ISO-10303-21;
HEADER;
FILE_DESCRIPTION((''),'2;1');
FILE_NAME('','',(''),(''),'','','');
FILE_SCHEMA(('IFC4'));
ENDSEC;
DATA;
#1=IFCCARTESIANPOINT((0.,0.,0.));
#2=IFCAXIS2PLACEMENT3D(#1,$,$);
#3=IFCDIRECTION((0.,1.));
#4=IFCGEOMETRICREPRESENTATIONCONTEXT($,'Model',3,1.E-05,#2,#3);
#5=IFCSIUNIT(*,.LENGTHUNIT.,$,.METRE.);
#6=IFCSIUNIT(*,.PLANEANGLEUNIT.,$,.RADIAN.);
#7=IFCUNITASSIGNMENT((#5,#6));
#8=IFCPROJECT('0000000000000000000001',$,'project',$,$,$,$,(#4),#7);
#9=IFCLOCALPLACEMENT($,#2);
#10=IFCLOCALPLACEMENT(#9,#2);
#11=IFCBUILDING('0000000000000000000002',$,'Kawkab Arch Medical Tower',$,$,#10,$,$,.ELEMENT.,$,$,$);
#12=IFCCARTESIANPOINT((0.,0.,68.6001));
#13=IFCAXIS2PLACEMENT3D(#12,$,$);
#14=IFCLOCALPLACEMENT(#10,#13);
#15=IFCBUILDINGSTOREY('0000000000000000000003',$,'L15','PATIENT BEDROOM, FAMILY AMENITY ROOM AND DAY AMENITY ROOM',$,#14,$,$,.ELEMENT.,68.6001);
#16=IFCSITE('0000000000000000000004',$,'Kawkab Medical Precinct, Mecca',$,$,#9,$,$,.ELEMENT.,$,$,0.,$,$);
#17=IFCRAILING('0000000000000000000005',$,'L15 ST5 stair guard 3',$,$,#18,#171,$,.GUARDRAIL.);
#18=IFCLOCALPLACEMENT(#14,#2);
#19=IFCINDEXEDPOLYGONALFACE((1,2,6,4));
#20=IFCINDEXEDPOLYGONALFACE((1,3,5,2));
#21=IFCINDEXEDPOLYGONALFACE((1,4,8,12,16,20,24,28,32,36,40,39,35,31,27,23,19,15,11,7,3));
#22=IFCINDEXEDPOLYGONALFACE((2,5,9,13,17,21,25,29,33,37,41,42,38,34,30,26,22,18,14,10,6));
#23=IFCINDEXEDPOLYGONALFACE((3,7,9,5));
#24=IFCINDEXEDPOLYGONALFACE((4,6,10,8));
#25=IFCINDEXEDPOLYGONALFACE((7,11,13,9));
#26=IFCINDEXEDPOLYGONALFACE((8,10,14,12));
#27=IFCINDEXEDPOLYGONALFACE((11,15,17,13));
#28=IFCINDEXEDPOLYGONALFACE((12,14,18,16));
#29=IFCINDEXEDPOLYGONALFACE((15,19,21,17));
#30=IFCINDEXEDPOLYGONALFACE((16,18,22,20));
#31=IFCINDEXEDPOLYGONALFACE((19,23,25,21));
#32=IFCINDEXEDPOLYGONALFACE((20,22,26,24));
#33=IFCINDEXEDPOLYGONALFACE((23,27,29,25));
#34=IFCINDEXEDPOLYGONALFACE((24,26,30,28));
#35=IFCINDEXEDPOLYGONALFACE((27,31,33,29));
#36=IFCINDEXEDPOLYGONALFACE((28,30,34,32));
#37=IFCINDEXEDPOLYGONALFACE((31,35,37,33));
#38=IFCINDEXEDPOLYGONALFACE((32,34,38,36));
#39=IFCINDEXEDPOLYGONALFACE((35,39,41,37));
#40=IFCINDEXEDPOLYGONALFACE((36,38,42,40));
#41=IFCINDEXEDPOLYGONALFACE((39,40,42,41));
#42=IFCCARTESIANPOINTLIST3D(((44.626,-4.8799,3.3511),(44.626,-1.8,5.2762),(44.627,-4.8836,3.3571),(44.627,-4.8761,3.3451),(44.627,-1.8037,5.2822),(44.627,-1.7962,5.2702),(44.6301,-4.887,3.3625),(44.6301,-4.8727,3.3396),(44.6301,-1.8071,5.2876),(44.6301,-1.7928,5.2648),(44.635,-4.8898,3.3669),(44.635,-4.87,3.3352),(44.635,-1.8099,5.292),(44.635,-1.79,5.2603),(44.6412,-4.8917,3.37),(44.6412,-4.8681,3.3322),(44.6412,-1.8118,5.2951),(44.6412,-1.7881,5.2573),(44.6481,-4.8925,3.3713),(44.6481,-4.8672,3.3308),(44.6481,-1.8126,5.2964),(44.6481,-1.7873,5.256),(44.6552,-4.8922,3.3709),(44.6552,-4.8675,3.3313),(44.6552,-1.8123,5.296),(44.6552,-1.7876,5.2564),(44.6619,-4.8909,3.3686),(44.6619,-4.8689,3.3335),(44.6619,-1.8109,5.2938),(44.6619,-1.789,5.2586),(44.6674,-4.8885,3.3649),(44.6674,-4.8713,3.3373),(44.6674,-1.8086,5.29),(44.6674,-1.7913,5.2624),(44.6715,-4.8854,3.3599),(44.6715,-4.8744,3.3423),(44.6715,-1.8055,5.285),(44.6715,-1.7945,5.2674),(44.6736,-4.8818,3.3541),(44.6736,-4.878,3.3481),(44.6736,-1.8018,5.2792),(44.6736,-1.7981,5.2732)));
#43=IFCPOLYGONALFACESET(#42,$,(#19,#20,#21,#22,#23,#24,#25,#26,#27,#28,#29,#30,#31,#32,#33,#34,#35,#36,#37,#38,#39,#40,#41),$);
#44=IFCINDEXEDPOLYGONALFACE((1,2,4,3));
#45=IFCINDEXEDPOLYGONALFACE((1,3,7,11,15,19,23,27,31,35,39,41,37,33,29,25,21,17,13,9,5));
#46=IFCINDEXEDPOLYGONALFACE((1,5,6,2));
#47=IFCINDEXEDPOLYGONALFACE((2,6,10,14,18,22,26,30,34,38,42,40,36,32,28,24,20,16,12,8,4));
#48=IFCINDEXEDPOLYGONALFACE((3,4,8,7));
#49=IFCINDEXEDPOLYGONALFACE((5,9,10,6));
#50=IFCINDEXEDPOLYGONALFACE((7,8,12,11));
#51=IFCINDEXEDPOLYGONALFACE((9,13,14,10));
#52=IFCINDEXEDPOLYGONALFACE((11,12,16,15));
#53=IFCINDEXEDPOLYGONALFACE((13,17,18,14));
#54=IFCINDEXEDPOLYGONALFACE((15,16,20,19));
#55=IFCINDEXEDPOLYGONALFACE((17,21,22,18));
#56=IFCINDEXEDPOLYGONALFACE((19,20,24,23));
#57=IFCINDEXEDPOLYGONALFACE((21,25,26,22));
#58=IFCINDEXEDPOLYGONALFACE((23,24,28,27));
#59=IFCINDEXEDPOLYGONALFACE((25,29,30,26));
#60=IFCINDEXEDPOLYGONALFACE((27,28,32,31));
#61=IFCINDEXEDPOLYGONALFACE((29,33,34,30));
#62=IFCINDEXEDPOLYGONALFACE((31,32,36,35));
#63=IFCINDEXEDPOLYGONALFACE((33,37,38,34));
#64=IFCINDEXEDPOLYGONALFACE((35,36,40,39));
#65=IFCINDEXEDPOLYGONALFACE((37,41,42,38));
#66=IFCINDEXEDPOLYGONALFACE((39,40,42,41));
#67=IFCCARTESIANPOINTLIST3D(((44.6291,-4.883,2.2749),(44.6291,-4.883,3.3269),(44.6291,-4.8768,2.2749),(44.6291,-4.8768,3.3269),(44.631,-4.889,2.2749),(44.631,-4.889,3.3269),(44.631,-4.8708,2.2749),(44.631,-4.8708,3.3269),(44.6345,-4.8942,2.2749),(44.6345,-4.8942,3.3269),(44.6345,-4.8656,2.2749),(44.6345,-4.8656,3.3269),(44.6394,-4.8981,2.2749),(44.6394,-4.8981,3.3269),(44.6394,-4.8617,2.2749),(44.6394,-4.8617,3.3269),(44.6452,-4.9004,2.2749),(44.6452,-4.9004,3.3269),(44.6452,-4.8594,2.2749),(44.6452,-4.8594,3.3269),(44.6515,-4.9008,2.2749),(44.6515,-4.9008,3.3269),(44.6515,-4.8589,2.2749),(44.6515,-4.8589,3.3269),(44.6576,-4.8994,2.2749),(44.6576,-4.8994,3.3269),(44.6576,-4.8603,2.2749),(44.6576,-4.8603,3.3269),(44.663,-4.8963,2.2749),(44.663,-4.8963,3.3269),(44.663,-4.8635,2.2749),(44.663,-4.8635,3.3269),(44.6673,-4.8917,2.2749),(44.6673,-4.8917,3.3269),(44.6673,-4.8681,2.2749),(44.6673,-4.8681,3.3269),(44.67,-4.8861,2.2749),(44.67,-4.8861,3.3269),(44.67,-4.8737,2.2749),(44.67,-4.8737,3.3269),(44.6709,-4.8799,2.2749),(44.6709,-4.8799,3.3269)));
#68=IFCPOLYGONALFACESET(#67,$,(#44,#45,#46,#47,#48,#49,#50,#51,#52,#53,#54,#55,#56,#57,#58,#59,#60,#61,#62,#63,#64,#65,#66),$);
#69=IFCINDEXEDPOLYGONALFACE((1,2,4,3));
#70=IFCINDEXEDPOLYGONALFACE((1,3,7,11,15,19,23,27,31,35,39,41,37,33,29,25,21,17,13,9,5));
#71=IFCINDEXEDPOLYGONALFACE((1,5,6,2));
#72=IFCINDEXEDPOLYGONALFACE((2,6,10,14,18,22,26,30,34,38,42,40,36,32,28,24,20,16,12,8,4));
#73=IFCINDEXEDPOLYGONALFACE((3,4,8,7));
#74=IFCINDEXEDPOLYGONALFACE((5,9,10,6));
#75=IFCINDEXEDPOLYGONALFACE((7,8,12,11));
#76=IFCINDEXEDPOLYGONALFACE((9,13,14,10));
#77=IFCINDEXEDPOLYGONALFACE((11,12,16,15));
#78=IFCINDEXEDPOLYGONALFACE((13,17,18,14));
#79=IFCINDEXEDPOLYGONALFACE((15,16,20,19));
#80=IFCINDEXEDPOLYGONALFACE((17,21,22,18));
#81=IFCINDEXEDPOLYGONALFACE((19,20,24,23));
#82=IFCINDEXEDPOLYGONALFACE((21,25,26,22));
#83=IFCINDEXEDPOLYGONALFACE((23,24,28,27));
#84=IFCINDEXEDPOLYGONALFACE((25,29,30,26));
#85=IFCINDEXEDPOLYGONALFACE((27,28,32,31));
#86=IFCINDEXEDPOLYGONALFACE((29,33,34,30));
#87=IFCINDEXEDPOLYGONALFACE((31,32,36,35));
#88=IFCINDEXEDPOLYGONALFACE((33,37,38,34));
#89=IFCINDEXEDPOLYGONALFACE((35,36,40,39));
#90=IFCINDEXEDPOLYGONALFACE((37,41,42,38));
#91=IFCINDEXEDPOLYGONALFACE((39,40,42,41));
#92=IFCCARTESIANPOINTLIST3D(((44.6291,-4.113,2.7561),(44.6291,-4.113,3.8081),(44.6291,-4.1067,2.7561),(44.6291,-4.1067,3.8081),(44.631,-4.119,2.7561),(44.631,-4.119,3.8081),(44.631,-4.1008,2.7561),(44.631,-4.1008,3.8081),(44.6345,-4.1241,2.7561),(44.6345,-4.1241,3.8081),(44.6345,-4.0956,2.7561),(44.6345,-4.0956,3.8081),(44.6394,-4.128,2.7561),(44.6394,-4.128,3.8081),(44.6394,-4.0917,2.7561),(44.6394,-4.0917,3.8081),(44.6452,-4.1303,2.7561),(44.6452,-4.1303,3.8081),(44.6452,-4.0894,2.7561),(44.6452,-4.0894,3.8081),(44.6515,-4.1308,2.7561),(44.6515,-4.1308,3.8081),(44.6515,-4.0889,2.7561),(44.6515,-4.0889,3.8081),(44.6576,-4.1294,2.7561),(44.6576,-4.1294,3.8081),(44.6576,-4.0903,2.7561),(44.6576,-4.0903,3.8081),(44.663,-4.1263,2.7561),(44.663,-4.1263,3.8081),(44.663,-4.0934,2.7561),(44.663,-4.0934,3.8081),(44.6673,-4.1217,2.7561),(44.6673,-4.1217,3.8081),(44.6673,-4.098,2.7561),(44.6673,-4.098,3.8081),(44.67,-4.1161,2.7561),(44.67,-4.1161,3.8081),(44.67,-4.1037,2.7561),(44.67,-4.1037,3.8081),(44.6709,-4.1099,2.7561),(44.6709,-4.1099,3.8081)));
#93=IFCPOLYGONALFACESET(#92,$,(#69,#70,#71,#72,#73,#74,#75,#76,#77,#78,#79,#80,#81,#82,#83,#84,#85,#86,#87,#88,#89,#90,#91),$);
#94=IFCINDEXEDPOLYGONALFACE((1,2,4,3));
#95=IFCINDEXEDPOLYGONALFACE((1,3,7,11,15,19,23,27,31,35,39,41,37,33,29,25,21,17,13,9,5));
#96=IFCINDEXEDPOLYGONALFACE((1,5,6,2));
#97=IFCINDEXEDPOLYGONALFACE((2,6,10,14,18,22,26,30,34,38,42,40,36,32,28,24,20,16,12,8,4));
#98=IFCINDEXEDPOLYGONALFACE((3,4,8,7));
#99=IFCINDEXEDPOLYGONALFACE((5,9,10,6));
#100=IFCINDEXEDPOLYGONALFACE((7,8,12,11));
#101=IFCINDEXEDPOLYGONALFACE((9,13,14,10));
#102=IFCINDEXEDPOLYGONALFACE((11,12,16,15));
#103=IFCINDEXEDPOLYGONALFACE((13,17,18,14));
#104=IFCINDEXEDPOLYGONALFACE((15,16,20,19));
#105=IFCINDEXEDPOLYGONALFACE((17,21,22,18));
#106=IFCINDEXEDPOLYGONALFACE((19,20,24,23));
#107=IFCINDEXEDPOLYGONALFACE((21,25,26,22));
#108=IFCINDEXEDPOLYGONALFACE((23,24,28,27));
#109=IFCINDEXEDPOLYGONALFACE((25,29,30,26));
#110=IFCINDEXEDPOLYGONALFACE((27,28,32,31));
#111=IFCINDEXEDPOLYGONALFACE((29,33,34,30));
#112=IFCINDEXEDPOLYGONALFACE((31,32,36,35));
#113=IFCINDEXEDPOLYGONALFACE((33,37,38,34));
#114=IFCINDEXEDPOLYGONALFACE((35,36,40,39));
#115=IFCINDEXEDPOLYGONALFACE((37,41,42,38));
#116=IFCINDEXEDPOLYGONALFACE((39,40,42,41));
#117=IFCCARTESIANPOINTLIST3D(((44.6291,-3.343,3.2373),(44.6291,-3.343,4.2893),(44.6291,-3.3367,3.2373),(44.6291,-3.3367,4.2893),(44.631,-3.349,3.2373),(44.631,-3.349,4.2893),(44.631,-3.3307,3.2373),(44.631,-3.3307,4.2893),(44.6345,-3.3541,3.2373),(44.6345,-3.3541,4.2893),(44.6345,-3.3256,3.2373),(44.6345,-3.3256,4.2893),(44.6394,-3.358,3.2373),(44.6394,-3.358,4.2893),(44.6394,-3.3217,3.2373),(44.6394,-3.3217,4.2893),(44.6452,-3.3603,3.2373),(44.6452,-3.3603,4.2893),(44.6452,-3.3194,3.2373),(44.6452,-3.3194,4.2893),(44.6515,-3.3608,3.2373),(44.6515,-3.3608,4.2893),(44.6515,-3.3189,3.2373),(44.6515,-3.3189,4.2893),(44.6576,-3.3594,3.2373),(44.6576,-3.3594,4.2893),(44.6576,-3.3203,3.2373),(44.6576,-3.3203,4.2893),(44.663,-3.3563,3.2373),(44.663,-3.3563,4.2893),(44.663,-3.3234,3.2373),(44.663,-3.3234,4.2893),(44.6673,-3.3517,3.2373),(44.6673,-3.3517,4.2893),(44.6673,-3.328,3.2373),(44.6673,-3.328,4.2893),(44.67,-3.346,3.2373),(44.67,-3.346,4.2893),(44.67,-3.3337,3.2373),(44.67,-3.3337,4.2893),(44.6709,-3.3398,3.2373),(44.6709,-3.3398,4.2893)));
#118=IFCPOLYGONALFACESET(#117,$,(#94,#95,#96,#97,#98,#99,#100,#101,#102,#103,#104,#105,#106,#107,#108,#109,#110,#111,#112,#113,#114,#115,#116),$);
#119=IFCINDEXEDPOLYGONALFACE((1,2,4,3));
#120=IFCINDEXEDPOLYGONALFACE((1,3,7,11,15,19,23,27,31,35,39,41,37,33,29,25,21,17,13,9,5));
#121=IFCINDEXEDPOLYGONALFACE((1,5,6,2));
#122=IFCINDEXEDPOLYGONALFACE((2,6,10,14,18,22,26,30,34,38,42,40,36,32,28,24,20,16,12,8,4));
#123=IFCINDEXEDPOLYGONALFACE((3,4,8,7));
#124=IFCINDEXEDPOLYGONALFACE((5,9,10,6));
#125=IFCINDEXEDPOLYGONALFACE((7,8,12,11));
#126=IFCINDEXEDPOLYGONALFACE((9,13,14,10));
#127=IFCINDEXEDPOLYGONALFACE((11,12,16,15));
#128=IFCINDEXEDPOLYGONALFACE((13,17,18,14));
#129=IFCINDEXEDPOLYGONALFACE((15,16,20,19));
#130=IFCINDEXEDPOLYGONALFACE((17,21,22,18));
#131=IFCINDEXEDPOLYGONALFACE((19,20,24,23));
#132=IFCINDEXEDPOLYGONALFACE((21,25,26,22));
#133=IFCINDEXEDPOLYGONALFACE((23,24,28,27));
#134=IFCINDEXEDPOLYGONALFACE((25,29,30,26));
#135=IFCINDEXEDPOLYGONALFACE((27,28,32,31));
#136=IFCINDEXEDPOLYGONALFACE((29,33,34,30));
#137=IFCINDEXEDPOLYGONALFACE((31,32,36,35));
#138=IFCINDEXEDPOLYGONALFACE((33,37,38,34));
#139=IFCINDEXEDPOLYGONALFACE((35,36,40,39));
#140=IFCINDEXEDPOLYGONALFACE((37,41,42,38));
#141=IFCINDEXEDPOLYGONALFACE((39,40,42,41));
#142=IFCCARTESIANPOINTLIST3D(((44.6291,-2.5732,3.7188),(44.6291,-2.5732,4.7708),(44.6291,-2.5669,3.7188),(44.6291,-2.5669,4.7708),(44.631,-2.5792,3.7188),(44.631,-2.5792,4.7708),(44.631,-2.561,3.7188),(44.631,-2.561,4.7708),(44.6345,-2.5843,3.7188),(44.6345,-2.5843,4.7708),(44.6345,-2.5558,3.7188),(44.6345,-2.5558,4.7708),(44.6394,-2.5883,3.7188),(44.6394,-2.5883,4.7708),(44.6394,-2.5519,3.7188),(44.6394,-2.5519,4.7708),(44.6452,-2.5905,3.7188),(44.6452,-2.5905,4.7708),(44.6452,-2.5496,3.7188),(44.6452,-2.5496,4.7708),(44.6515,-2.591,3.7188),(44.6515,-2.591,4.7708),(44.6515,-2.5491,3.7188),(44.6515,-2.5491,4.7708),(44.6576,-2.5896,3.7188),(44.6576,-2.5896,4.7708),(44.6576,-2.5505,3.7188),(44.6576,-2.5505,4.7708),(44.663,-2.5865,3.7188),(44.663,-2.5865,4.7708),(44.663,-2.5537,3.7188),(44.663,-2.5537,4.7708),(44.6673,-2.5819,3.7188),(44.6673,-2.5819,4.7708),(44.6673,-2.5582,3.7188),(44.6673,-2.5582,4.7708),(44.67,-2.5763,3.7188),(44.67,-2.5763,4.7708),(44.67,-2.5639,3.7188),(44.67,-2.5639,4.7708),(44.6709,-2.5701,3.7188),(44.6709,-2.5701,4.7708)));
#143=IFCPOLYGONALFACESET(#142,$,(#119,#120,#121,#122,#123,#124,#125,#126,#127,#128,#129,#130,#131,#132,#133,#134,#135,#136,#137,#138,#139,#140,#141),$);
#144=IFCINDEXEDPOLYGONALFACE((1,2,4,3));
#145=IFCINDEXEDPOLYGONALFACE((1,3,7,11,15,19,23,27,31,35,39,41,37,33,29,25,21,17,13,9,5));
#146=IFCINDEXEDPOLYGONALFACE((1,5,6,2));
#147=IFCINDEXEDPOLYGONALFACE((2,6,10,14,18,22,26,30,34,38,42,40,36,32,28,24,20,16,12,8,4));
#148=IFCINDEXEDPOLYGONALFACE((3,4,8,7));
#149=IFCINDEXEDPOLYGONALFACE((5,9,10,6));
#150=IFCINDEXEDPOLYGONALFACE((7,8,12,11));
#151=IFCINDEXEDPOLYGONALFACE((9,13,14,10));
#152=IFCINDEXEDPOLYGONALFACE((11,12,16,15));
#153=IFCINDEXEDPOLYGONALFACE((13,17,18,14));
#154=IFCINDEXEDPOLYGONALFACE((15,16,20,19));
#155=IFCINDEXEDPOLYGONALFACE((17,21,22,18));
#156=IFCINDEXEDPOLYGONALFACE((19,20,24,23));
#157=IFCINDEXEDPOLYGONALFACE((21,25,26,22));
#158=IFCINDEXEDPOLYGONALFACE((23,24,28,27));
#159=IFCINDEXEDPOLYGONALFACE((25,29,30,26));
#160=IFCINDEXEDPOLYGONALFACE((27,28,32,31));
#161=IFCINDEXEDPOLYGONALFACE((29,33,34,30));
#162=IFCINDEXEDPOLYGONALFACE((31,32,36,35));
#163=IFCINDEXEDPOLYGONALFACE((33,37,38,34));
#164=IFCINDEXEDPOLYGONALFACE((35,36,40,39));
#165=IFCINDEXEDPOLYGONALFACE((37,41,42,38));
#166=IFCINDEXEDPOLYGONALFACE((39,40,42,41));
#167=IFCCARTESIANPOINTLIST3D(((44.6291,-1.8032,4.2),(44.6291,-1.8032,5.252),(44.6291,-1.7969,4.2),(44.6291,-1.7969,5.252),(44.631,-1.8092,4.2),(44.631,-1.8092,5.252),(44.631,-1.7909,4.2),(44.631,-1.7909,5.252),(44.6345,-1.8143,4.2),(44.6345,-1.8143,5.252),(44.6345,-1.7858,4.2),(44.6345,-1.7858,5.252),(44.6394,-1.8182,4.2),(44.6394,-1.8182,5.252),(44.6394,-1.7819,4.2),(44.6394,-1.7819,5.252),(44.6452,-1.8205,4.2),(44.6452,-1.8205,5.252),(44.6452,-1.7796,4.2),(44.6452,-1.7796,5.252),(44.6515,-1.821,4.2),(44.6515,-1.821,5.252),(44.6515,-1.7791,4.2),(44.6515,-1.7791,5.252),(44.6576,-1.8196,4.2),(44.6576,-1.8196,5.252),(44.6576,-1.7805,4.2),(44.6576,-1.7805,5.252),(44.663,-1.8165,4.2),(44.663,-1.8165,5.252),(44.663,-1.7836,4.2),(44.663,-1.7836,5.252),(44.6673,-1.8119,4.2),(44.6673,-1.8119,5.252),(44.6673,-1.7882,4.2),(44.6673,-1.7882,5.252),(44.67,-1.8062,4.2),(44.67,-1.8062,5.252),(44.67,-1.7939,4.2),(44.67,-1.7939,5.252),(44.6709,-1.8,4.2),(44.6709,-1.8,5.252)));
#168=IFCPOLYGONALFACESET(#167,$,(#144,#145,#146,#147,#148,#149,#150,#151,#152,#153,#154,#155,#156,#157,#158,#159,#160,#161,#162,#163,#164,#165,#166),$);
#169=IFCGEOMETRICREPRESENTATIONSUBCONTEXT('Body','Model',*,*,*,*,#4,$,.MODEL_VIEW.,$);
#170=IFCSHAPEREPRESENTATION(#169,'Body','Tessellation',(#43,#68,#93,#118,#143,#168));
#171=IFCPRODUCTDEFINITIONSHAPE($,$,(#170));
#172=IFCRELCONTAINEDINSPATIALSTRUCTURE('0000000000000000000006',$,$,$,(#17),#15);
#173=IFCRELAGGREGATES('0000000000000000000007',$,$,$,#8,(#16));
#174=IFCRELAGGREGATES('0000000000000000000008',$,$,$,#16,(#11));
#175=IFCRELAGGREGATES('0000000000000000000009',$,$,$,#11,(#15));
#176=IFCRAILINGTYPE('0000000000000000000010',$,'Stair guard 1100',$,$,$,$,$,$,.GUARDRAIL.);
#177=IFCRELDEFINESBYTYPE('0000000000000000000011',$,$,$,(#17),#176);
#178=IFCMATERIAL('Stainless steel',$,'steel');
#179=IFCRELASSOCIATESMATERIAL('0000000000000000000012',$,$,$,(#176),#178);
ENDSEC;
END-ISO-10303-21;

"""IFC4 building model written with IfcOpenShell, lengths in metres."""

from ifc_helpers import new_model, si_unit, direction, frame, origin, origin_2d, place, context, subcontext, project, spatial, circle, extrude, material, type_object, element, save


model = new_model("IFC4")

# Units and contexts
model_context = context("Model", 3, precision=1e-05, world=origin(), true_north=direction((0.0, 1.0)))
body_context = subcontext(model_context, "Body", "Model", "MODEL_VIEW")
ifc_project = project(units=[si_unit("LENGTHUNIT", "METRE"), si_unit("PLANEANGLEUNIT", "RADIAN")], contexts=[model_context])

# Site, building, storey
site_placement = place(None, origin())
site = spatial("IfcSite", under=ifc_project, at=site_placement, Name="Kawkab Medical Precinct, Mecca", CompositionType="ELEMENT", RefElevation=0.0)
building_placement = place(site_placement, origin())
building = spatial("IfcBuilding", under=site, at=building_placement, Name="Kawkab Arch Medical Tower", CompositionType="ELEMENT")
storey_placement = place(building_placement, frame((0.0, 0.0, 68.6001)))
storey = spatial("IfcBuildingStorey", under=building, at=storey_placement, Name="L15", Description="PATIENT BEDROOM, FAMILY AMENITY ROOM AND DAY AMENITY ROOM", CompositionType="ELEMENT", Elevation=68.6001)

# Railing
ifc_material_1 = material(Name="Stainless steel", Category="steel")
railing_type = type_object("IfcRailingType", Name="Stair guard 1100", PredefinedType="GUARDRAIL", material=ifc_material_1)
railing_1_placement = place(storey_placement, frame((44.6499, -4.8799, 2.2749)))
element("IfcRailing", 1, at=railing_1_placement, inside=storey, type_object=railing_type, Name="L15 ST5 stair guard 3", PredefinedType="GUARDRAIL", context=body_context, shape_type="SweptSolid", body=[
    extrude(circle(Radius=0.0239, at=origin_2d()), frame((0.0, 0.0, 1.0762), z_axis=(0.0, 0.847979, 0.530029), x_axis=(-1.0, 0.0, 0.0)), (0.0, 0.0, 1.0), 3.6321),
    extrude(circle(Radius=0.021, at=origin_2d()), origin(), (0.0, 0.0, 1.0), 1.052),
    extrude(circle(Radius=0.021, at=origin_2d()), frame((0.0, 0.77, 0.4812)), (0.0, 0.0, 1.0), 1.052),
    extrude(circle(Radius=0.021, at=origin_2d()), frame((0.0, 1.54, 0.9624)), (0.0, 0.0, 1.0), 1.052),
    extrude(circle(Radius=0.021, at=origin_2d()), frame((0.0, 2.3098, 1.4438)), (0.0, 0.0, 1.0), 1.052),
    extrude(circle(Radius=0.021, at=origin_2d()), frame((0.0, 3.0798, 1.925)), (0.0, 0.0, 1.0), 1.052),
])

save(model, "model.ifc")
